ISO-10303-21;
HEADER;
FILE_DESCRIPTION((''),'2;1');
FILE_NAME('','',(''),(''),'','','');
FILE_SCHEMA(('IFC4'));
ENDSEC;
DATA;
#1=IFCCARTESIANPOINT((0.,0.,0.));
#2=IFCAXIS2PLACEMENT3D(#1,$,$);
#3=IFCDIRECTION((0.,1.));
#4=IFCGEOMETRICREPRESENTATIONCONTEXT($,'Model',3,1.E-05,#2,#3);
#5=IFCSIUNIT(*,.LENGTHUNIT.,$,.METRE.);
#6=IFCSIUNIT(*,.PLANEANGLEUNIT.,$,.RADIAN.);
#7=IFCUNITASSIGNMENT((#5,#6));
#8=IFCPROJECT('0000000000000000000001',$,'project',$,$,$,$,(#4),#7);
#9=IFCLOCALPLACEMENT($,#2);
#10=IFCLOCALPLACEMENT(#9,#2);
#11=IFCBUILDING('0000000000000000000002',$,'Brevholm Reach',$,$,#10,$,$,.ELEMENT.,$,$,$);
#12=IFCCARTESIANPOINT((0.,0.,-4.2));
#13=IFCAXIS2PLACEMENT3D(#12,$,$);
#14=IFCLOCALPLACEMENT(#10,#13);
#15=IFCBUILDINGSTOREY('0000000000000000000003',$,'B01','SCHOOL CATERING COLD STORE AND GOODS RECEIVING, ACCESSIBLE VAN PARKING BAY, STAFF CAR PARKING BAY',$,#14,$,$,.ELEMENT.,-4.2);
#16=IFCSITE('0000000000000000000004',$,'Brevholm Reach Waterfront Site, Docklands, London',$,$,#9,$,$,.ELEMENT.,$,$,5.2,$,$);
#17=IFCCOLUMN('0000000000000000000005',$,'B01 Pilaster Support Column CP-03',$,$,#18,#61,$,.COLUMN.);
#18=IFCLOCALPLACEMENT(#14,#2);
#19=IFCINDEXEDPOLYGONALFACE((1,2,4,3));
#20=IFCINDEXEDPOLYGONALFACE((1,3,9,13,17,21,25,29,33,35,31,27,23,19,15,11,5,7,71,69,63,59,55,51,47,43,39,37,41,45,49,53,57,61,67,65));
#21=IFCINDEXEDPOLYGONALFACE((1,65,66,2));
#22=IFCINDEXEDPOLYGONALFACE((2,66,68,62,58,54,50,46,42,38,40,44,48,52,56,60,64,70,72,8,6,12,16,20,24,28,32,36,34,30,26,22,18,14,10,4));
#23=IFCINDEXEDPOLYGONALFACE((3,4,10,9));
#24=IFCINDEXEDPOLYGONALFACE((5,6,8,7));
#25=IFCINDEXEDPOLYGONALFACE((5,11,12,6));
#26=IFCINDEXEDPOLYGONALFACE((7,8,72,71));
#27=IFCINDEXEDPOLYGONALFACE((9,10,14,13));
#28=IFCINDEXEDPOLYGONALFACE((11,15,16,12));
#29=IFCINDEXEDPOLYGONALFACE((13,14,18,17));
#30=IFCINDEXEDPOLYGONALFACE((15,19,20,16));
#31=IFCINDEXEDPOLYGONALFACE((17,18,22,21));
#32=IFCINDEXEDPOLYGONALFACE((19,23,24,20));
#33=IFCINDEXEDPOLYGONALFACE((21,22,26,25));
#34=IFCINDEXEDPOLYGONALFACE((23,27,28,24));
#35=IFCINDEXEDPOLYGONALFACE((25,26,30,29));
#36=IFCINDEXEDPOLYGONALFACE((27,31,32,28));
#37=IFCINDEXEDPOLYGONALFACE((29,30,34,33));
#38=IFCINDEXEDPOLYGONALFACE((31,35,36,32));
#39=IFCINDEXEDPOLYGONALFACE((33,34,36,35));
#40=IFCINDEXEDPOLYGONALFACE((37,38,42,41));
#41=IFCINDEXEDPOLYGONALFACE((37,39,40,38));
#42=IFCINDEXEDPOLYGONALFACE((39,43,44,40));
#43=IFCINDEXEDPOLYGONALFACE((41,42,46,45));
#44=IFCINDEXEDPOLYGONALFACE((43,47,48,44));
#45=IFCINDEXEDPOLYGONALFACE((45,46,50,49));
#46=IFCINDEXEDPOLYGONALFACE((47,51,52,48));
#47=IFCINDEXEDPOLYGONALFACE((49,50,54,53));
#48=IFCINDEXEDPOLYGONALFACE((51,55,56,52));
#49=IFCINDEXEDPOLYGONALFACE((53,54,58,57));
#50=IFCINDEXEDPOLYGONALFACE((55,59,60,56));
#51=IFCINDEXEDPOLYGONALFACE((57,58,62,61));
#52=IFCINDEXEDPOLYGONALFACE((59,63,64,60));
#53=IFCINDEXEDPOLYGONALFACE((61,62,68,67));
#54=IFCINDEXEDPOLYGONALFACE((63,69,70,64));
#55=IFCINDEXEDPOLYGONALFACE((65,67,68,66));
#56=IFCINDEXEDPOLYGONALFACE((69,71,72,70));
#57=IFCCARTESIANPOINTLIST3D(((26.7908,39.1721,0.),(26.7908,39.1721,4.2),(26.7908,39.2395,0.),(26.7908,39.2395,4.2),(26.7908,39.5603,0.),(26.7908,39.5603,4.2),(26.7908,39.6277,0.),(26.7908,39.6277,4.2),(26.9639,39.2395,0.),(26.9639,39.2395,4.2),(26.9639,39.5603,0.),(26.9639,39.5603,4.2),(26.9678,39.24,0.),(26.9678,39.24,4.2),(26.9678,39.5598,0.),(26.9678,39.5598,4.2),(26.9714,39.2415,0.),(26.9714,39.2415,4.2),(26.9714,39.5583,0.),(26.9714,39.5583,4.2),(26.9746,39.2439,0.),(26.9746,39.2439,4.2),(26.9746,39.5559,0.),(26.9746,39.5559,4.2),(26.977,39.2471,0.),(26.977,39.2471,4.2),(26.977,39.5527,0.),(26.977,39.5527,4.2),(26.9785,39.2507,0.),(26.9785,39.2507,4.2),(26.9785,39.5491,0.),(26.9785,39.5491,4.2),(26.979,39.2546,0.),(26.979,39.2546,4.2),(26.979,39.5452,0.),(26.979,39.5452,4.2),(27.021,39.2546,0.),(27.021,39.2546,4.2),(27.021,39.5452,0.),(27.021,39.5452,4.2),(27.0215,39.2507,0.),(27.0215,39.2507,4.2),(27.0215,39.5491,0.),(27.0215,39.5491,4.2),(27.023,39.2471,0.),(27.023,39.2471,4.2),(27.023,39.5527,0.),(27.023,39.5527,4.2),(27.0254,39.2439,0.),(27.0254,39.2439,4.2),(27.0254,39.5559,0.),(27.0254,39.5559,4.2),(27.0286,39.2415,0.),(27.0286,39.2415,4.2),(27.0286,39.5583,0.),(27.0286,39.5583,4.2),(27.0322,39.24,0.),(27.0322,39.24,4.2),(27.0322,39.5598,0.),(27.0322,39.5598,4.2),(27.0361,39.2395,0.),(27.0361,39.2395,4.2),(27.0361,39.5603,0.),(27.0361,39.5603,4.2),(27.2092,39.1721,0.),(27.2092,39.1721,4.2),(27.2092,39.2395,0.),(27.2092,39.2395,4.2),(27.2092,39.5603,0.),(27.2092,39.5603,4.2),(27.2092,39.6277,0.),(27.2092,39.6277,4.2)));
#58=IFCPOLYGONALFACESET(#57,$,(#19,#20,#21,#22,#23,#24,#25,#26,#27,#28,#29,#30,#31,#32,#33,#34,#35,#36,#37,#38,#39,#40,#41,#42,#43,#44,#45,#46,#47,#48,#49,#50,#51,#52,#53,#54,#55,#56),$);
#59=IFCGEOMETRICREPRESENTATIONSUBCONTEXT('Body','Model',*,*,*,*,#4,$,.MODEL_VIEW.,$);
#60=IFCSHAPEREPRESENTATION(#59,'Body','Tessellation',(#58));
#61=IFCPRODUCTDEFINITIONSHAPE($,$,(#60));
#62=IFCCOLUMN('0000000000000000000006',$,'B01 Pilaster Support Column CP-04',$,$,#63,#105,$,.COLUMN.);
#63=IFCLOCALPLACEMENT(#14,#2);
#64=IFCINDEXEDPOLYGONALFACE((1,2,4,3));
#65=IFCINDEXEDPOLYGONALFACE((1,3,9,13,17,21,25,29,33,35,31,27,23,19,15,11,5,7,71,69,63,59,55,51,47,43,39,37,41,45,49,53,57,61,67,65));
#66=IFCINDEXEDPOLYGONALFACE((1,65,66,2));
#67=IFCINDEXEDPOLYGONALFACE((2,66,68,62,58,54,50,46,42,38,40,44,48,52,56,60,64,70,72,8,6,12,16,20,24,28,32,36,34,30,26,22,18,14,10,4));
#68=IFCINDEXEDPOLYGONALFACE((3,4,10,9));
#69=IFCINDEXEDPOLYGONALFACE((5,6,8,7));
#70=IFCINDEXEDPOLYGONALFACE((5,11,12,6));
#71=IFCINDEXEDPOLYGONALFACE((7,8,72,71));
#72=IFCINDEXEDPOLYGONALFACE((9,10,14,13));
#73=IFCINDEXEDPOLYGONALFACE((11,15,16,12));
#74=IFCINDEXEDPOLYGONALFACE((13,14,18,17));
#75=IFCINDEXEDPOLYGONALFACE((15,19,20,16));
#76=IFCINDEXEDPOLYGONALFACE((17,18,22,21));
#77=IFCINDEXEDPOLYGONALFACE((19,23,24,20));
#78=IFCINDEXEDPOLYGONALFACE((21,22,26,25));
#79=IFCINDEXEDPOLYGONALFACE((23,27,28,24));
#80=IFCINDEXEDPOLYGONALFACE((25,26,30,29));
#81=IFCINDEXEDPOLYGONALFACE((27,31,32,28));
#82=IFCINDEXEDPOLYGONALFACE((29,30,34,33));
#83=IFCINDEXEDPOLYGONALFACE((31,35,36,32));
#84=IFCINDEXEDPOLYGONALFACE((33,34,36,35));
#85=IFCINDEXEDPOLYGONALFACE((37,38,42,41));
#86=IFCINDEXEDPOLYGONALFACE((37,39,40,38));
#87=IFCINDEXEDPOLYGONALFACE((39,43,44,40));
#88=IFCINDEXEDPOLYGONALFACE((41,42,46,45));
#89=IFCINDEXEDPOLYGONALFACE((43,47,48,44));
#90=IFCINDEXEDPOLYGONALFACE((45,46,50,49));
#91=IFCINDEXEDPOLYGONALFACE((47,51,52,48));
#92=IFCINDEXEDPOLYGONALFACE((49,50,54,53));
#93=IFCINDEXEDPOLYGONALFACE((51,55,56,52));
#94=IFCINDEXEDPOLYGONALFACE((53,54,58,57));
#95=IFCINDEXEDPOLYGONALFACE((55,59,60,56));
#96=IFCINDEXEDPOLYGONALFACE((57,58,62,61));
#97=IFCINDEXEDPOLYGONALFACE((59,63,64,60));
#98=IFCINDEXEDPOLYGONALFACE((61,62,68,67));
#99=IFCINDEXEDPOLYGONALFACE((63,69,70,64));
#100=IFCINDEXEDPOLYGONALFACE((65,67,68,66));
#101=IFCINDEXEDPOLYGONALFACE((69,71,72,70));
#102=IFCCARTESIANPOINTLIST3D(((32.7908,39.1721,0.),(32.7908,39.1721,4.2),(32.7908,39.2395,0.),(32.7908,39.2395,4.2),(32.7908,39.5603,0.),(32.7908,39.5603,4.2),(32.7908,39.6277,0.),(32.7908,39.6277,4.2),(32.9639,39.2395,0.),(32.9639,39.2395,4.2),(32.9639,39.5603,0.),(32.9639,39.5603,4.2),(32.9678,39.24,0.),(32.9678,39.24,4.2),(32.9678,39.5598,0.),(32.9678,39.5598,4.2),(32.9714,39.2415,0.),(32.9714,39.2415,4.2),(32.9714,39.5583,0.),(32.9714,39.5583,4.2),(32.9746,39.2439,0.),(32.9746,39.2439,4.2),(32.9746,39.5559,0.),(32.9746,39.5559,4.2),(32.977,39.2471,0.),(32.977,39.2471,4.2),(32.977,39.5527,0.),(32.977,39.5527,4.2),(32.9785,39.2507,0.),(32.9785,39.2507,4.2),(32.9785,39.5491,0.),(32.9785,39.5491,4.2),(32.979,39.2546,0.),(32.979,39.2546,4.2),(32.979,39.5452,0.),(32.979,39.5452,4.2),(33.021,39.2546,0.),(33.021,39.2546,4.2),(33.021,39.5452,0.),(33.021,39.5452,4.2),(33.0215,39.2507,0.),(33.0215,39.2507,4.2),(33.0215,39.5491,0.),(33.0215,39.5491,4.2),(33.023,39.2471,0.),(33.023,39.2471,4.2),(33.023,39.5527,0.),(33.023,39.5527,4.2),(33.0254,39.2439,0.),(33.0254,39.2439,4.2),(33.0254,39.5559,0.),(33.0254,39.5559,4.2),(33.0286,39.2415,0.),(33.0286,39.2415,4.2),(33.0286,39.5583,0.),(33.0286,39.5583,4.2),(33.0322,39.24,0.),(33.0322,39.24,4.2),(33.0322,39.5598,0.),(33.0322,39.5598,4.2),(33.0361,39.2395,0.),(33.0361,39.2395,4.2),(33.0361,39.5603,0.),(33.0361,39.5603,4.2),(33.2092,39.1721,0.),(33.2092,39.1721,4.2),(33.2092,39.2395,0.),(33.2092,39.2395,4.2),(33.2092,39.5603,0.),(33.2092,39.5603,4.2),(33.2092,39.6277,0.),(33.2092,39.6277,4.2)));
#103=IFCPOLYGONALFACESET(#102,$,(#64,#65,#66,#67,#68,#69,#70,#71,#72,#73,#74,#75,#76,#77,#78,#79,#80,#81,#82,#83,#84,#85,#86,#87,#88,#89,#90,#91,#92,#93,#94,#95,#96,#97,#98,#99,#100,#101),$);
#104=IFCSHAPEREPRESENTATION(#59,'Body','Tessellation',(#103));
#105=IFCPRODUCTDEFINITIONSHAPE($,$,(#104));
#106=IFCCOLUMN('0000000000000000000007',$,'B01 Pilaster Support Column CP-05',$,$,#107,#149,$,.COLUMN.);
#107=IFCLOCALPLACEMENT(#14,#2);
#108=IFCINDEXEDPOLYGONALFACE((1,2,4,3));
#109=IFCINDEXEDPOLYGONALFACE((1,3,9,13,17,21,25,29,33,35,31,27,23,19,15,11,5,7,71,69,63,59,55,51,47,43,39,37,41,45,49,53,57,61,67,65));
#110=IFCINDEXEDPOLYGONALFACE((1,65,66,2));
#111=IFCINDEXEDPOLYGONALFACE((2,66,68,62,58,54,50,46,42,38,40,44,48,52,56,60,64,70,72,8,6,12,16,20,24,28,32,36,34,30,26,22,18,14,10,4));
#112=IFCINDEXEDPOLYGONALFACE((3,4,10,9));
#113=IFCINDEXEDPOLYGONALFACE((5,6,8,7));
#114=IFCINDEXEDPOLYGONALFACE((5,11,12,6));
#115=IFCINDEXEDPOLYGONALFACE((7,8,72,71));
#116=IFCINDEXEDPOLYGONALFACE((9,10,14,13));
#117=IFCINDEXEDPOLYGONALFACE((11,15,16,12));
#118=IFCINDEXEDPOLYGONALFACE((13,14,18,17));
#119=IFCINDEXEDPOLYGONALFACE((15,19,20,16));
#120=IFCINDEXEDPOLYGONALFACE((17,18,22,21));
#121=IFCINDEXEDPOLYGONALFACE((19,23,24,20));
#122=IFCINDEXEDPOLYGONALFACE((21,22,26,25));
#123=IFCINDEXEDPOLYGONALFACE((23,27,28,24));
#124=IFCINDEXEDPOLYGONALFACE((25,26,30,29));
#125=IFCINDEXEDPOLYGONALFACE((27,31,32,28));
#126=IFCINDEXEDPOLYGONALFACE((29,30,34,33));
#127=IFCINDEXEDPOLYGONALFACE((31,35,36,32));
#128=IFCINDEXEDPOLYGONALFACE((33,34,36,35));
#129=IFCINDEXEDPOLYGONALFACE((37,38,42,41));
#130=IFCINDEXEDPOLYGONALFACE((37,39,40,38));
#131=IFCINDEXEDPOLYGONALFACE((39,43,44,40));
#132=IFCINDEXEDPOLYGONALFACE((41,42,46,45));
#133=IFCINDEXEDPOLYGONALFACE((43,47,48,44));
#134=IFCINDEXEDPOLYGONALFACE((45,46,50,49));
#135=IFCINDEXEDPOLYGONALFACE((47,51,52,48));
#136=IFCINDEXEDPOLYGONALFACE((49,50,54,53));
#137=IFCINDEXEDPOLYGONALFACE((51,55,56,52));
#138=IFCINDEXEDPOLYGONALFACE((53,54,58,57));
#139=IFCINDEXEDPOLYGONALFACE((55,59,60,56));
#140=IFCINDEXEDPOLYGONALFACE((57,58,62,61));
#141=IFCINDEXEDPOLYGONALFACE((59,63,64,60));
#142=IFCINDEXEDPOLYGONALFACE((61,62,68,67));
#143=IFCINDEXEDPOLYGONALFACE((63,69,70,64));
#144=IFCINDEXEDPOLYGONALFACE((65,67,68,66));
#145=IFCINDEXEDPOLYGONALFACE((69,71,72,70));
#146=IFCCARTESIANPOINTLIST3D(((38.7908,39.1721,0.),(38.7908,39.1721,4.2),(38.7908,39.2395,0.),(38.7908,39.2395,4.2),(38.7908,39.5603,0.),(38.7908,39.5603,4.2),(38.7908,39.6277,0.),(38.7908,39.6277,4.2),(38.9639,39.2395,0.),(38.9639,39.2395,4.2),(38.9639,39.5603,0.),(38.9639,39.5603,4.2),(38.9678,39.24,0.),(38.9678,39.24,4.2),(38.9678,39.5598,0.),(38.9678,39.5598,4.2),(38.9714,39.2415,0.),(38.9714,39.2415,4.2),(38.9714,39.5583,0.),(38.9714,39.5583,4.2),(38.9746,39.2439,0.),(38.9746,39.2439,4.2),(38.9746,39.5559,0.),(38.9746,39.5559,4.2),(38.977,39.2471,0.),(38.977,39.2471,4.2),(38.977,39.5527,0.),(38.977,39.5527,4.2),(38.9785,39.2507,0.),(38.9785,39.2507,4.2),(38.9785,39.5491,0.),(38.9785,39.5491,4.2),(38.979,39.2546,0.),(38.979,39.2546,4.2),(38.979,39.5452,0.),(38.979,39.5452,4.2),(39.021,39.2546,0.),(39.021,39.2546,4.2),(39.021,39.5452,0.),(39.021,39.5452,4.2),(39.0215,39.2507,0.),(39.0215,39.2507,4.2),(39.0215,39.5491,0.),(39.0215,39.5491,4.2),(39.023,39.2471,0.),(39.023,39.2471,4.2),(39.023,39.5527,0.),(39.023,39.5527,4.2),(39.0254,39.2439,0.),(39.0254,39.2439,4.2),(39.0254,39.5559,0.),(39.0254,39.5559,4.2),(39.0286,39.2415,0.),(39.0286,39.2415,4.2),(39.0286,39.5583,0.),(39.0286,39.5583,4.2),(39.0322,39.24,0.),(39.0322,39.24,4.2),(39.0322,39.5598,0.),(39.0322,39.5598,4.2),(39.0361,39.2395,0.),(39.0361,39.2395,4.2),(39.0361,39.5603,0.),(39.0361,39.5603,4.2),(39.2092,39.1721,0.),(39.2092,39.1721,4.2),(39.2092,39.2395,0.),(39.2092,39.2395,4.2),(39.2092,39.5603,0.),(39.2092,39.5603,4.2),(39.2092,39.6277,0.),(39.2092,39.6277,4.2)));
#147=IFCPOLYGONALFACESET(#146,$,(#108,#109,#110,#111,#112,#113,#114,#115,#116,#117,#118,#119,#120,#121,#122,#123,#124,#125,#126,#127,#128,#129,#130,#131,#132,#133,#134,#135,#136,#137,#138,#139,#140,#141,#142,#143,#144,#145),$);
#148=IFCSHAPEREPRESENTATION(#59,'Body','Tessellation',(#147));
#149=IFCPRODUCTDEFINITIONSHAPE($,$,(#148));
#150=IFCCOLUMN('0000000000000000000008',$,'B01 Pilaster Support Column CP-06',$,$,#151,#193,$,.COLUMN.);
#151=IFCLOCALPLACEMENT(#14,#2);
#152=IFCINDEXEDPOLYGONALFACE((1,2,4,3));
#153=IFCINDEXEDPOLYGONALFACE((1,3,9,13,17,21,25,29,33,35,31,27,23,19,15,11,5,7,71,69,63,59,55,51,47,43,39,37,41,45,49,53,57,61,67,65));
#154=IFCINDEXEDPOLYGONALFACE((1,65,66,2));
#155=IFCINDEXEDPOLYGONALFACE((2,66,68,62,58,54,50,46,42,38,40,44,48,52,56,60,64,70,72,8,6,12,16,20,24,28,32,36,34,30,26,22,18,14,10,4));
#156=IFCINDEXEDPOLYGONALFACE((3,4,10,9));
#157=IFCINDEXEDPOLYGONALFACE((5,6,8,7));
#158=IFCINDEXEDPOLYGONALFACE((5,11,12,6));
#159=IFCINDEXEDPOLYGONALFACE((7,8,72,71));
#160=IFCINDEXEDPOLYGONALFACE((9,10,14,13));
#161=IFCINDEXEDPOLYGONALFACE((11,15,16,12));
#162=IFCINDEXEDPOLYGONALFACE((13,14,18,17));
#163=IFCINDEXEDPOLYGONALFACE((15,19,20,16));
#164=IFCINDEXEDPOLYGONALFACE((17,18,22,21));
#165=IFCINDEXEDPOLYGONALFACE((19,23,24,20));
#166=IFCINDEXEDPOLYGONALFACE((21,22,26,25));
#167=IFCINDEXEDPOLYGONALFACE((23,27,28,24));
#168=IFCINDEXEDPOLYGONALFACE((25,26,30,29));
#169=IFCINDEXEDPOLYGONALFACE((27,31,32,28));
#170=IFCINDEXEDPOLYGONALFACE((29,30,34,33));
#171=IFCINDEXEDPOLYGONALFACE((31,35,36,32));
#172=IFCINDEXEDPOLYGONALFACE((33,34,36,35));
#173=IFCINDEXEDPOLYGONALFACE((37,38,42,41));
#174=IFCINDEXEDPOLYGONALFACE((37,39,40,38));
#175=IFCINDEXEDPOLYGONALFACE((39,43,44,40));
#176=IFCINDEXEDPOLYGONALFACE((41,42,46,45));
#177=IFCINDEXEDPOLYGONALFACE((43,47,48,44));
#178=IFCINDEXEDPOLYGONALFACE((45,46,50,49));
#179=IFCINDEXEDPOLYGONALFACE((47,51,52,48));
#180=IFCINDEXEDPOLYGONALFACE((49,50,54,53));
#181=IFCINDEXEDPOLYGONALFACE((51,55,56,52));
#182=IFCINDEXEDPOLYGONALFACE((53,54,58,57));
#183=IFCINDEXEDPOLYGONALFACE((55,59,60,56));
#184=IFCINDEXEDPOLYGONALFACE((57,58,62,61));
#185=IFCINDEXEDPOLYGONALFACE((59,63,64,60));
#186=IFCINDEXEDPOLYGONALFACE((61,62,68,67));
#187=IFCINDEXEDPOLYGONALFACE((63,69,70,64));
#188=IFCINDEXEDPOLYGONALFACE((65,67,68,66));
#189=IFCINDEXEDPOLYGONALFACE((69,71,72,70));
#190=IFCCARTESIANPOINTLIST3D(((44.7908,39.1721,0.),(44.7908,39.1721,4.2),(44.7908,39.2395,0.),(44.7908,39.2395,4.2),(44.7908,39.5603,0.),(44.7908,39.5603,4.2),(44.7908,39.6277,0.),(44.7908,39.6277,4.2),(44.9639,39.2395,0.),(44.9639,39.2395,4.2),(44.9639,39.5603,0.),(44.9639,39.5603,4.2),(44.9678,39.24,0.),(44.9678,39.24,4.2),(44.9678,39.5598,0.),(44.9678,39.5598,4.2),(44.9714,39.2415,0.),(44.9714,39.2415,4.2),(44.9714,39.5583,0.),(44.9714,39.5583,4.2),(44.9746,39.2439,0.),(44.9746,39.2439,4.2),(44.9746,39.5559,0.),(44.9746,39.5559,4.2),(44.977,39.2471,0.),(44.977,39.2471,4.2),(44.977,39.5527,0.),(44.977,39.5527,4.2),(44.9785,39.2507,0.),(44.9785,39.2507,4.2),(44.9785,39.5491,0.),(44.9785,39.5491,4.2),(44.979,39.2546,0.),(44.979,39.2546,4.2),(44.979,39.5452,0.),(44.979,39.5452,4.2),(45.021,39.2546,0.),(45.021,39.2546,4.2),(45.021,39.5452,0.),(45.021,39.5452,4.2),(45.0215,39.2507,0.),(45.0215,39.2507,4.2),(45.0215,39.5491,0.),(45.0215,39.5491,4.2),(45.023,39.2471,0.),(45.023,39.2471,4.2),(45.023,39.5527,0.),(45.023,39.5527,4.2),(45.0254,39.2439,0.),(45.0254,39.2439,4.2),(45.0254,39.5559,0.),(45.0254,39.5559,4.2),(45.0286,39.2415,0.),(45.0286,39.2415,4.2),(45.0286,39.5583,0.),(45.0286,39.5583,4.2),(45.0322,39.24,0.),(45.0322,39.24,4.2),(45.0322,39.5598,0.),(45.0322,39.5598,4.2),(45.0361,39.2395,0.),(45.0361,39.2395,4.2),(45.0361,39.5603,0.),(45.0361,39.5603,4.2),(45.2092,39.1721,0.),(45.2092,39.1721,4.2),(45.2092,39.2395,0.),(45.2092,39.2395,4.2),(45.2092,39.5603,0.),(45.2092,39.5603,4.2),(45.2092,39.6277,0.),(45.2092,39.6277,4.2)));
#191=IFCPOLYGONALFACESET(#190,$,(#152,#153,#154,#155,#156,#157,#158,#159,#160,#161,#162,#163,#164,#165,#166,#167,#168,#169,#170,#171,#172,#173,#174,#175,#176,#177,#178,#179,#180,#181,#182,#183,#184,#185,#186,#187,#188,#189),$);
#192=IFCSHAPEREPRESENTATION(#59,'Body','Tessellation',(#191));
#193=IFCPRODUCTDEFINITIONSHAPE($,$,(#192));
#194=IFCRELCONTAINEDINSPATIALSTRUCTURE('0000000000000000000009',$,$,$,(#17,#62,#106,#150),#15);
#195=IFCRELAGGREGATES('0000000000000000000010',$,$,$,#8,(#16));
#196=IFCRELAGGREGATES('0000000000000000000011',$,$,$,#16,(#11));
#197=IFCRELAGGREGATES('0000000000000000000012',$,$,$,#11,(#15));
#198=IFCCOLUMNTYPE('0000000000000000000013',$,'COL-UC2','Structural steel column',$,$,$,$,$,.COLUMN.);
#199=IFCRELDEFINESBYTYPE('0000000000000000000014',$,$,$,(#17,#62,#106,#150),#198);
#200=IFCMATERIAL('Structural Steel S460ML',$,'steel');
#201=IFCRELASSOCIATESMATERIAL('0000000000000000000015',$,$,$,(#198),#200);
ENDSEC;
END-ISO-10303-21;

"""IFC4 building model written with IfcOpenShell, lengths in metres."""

from ifc_helpers import new_model, si_unit, direction, frame, origin, origin_2d, place, context, subcontext, project, spatial, i_section, extrude, material, material_profile, profile_set, type_object, element, save


model = new_model("IFC4")

# Units and contexts
model_context = context("Model", 3, precision=1e-05, world=origin(), true_north=direction((0.0, 1.0)))
body_context = subcontext(model_context, "Body", "Model", "MODEL_VIEW")
ifc_project = project(units=[si_unit("LENGTHUNIT", "METRE"), si_unit("PLANEANGLEUNIT", "RADIAN")], contexts=[model_context])

# Site, building, storey
site_placement = place(None, origin())
site = spatial("IfcSite", under=ifc_project, at=site_placement, Name="Brevholm Reach Waterfront Site, Docklands, London", CompositionType="ELEMENT", RefElevation=5.2)
building_placement = place(site_placement, origin())
building = spatial("IfcBuilding", under=site, at=building_placement, Name="Brevholm Reach", CompositionType="ELEMENT")
storey_placement = place(building_placement, frame((0.0, 0.0, -4.2)))
storey = spatial("IfcBuildingStorey", under=building, at=storey_placement, Name="B01", Description="SCHOOL CATERING COLD STORE AND GOODS RECEIVING, ACCESSIBLE VAN PARKING BAY, STAFF CAR PARKING BAY", CompositionType="ELEMENT", Elevation=-4.2)

# Columns
ifc_material_1 = material(Name="Structural Steel S460ML", Category="steel")
ifc_material_profile_1 = material_profile(ifc_material_1, i_section(OverallWidth=0.4185, OverallDepth=0.4556, WebThickness=0.042, FlangeThickness=0.0674, FilletRadius=0.0151, at=origin_2d()), Name="UKC 356x406x551")
ifc_profile_set_1 = profile_set([ifc_material_profile_1], Name="Structural Steel S460ML")
column_type_1 = type_object("IfcColumnType", Name="COL-UC2", Description="Structural steel column", PredefinedType="COLUMN", material=ifc_profile_set_1)
for number, where, z_axis, x_axis, name in (
    (1, (27.0, 39.3999, 0.0), (0.0, 0.0, 1.0), (1.0, 0.0, 0.0), "B01 Pilaster Support Column CP-03"),
    (2, (33.0, 39.3999, 0.0), (0.0, 0.0, 1.0), (1.0, 0.0, 0.0), "B01 Pilaster Support Column CP-04"),
    (3, (39.0, 39.3999, 0.0), (0.0, 0.0, 1.0), (1.0, 0.0, 0.0), "B01 Pilaster Support Column CP-05"),
    (4, (45.0, 39.3999, 0.0), (0.0, 0.0, 1.0), (1.0, 0.0, 0.0), "B01 Pilaster Support Column CP-06"),
):
    element("IfcColumn", number, at=place(storey_placement, frame(where, z_axis=z_axis, x_axis=x_axis)), inside=storey, type_object=column_type_1, Name=name, PredefinedType="COLUMN", context=body_context, shape_type="SweptSolid", body=[
        extrude(i_section(OverallWidth=0.4185, OverallDepth=0.4556, WebThickness=0.042, FlangeThickness=0.0674, FilletRadius=0.0151, at=origin_2d()), origin(), (0.0, 0.0, 1.0), 4.2),
    ])

save(model, "model.ifc")
